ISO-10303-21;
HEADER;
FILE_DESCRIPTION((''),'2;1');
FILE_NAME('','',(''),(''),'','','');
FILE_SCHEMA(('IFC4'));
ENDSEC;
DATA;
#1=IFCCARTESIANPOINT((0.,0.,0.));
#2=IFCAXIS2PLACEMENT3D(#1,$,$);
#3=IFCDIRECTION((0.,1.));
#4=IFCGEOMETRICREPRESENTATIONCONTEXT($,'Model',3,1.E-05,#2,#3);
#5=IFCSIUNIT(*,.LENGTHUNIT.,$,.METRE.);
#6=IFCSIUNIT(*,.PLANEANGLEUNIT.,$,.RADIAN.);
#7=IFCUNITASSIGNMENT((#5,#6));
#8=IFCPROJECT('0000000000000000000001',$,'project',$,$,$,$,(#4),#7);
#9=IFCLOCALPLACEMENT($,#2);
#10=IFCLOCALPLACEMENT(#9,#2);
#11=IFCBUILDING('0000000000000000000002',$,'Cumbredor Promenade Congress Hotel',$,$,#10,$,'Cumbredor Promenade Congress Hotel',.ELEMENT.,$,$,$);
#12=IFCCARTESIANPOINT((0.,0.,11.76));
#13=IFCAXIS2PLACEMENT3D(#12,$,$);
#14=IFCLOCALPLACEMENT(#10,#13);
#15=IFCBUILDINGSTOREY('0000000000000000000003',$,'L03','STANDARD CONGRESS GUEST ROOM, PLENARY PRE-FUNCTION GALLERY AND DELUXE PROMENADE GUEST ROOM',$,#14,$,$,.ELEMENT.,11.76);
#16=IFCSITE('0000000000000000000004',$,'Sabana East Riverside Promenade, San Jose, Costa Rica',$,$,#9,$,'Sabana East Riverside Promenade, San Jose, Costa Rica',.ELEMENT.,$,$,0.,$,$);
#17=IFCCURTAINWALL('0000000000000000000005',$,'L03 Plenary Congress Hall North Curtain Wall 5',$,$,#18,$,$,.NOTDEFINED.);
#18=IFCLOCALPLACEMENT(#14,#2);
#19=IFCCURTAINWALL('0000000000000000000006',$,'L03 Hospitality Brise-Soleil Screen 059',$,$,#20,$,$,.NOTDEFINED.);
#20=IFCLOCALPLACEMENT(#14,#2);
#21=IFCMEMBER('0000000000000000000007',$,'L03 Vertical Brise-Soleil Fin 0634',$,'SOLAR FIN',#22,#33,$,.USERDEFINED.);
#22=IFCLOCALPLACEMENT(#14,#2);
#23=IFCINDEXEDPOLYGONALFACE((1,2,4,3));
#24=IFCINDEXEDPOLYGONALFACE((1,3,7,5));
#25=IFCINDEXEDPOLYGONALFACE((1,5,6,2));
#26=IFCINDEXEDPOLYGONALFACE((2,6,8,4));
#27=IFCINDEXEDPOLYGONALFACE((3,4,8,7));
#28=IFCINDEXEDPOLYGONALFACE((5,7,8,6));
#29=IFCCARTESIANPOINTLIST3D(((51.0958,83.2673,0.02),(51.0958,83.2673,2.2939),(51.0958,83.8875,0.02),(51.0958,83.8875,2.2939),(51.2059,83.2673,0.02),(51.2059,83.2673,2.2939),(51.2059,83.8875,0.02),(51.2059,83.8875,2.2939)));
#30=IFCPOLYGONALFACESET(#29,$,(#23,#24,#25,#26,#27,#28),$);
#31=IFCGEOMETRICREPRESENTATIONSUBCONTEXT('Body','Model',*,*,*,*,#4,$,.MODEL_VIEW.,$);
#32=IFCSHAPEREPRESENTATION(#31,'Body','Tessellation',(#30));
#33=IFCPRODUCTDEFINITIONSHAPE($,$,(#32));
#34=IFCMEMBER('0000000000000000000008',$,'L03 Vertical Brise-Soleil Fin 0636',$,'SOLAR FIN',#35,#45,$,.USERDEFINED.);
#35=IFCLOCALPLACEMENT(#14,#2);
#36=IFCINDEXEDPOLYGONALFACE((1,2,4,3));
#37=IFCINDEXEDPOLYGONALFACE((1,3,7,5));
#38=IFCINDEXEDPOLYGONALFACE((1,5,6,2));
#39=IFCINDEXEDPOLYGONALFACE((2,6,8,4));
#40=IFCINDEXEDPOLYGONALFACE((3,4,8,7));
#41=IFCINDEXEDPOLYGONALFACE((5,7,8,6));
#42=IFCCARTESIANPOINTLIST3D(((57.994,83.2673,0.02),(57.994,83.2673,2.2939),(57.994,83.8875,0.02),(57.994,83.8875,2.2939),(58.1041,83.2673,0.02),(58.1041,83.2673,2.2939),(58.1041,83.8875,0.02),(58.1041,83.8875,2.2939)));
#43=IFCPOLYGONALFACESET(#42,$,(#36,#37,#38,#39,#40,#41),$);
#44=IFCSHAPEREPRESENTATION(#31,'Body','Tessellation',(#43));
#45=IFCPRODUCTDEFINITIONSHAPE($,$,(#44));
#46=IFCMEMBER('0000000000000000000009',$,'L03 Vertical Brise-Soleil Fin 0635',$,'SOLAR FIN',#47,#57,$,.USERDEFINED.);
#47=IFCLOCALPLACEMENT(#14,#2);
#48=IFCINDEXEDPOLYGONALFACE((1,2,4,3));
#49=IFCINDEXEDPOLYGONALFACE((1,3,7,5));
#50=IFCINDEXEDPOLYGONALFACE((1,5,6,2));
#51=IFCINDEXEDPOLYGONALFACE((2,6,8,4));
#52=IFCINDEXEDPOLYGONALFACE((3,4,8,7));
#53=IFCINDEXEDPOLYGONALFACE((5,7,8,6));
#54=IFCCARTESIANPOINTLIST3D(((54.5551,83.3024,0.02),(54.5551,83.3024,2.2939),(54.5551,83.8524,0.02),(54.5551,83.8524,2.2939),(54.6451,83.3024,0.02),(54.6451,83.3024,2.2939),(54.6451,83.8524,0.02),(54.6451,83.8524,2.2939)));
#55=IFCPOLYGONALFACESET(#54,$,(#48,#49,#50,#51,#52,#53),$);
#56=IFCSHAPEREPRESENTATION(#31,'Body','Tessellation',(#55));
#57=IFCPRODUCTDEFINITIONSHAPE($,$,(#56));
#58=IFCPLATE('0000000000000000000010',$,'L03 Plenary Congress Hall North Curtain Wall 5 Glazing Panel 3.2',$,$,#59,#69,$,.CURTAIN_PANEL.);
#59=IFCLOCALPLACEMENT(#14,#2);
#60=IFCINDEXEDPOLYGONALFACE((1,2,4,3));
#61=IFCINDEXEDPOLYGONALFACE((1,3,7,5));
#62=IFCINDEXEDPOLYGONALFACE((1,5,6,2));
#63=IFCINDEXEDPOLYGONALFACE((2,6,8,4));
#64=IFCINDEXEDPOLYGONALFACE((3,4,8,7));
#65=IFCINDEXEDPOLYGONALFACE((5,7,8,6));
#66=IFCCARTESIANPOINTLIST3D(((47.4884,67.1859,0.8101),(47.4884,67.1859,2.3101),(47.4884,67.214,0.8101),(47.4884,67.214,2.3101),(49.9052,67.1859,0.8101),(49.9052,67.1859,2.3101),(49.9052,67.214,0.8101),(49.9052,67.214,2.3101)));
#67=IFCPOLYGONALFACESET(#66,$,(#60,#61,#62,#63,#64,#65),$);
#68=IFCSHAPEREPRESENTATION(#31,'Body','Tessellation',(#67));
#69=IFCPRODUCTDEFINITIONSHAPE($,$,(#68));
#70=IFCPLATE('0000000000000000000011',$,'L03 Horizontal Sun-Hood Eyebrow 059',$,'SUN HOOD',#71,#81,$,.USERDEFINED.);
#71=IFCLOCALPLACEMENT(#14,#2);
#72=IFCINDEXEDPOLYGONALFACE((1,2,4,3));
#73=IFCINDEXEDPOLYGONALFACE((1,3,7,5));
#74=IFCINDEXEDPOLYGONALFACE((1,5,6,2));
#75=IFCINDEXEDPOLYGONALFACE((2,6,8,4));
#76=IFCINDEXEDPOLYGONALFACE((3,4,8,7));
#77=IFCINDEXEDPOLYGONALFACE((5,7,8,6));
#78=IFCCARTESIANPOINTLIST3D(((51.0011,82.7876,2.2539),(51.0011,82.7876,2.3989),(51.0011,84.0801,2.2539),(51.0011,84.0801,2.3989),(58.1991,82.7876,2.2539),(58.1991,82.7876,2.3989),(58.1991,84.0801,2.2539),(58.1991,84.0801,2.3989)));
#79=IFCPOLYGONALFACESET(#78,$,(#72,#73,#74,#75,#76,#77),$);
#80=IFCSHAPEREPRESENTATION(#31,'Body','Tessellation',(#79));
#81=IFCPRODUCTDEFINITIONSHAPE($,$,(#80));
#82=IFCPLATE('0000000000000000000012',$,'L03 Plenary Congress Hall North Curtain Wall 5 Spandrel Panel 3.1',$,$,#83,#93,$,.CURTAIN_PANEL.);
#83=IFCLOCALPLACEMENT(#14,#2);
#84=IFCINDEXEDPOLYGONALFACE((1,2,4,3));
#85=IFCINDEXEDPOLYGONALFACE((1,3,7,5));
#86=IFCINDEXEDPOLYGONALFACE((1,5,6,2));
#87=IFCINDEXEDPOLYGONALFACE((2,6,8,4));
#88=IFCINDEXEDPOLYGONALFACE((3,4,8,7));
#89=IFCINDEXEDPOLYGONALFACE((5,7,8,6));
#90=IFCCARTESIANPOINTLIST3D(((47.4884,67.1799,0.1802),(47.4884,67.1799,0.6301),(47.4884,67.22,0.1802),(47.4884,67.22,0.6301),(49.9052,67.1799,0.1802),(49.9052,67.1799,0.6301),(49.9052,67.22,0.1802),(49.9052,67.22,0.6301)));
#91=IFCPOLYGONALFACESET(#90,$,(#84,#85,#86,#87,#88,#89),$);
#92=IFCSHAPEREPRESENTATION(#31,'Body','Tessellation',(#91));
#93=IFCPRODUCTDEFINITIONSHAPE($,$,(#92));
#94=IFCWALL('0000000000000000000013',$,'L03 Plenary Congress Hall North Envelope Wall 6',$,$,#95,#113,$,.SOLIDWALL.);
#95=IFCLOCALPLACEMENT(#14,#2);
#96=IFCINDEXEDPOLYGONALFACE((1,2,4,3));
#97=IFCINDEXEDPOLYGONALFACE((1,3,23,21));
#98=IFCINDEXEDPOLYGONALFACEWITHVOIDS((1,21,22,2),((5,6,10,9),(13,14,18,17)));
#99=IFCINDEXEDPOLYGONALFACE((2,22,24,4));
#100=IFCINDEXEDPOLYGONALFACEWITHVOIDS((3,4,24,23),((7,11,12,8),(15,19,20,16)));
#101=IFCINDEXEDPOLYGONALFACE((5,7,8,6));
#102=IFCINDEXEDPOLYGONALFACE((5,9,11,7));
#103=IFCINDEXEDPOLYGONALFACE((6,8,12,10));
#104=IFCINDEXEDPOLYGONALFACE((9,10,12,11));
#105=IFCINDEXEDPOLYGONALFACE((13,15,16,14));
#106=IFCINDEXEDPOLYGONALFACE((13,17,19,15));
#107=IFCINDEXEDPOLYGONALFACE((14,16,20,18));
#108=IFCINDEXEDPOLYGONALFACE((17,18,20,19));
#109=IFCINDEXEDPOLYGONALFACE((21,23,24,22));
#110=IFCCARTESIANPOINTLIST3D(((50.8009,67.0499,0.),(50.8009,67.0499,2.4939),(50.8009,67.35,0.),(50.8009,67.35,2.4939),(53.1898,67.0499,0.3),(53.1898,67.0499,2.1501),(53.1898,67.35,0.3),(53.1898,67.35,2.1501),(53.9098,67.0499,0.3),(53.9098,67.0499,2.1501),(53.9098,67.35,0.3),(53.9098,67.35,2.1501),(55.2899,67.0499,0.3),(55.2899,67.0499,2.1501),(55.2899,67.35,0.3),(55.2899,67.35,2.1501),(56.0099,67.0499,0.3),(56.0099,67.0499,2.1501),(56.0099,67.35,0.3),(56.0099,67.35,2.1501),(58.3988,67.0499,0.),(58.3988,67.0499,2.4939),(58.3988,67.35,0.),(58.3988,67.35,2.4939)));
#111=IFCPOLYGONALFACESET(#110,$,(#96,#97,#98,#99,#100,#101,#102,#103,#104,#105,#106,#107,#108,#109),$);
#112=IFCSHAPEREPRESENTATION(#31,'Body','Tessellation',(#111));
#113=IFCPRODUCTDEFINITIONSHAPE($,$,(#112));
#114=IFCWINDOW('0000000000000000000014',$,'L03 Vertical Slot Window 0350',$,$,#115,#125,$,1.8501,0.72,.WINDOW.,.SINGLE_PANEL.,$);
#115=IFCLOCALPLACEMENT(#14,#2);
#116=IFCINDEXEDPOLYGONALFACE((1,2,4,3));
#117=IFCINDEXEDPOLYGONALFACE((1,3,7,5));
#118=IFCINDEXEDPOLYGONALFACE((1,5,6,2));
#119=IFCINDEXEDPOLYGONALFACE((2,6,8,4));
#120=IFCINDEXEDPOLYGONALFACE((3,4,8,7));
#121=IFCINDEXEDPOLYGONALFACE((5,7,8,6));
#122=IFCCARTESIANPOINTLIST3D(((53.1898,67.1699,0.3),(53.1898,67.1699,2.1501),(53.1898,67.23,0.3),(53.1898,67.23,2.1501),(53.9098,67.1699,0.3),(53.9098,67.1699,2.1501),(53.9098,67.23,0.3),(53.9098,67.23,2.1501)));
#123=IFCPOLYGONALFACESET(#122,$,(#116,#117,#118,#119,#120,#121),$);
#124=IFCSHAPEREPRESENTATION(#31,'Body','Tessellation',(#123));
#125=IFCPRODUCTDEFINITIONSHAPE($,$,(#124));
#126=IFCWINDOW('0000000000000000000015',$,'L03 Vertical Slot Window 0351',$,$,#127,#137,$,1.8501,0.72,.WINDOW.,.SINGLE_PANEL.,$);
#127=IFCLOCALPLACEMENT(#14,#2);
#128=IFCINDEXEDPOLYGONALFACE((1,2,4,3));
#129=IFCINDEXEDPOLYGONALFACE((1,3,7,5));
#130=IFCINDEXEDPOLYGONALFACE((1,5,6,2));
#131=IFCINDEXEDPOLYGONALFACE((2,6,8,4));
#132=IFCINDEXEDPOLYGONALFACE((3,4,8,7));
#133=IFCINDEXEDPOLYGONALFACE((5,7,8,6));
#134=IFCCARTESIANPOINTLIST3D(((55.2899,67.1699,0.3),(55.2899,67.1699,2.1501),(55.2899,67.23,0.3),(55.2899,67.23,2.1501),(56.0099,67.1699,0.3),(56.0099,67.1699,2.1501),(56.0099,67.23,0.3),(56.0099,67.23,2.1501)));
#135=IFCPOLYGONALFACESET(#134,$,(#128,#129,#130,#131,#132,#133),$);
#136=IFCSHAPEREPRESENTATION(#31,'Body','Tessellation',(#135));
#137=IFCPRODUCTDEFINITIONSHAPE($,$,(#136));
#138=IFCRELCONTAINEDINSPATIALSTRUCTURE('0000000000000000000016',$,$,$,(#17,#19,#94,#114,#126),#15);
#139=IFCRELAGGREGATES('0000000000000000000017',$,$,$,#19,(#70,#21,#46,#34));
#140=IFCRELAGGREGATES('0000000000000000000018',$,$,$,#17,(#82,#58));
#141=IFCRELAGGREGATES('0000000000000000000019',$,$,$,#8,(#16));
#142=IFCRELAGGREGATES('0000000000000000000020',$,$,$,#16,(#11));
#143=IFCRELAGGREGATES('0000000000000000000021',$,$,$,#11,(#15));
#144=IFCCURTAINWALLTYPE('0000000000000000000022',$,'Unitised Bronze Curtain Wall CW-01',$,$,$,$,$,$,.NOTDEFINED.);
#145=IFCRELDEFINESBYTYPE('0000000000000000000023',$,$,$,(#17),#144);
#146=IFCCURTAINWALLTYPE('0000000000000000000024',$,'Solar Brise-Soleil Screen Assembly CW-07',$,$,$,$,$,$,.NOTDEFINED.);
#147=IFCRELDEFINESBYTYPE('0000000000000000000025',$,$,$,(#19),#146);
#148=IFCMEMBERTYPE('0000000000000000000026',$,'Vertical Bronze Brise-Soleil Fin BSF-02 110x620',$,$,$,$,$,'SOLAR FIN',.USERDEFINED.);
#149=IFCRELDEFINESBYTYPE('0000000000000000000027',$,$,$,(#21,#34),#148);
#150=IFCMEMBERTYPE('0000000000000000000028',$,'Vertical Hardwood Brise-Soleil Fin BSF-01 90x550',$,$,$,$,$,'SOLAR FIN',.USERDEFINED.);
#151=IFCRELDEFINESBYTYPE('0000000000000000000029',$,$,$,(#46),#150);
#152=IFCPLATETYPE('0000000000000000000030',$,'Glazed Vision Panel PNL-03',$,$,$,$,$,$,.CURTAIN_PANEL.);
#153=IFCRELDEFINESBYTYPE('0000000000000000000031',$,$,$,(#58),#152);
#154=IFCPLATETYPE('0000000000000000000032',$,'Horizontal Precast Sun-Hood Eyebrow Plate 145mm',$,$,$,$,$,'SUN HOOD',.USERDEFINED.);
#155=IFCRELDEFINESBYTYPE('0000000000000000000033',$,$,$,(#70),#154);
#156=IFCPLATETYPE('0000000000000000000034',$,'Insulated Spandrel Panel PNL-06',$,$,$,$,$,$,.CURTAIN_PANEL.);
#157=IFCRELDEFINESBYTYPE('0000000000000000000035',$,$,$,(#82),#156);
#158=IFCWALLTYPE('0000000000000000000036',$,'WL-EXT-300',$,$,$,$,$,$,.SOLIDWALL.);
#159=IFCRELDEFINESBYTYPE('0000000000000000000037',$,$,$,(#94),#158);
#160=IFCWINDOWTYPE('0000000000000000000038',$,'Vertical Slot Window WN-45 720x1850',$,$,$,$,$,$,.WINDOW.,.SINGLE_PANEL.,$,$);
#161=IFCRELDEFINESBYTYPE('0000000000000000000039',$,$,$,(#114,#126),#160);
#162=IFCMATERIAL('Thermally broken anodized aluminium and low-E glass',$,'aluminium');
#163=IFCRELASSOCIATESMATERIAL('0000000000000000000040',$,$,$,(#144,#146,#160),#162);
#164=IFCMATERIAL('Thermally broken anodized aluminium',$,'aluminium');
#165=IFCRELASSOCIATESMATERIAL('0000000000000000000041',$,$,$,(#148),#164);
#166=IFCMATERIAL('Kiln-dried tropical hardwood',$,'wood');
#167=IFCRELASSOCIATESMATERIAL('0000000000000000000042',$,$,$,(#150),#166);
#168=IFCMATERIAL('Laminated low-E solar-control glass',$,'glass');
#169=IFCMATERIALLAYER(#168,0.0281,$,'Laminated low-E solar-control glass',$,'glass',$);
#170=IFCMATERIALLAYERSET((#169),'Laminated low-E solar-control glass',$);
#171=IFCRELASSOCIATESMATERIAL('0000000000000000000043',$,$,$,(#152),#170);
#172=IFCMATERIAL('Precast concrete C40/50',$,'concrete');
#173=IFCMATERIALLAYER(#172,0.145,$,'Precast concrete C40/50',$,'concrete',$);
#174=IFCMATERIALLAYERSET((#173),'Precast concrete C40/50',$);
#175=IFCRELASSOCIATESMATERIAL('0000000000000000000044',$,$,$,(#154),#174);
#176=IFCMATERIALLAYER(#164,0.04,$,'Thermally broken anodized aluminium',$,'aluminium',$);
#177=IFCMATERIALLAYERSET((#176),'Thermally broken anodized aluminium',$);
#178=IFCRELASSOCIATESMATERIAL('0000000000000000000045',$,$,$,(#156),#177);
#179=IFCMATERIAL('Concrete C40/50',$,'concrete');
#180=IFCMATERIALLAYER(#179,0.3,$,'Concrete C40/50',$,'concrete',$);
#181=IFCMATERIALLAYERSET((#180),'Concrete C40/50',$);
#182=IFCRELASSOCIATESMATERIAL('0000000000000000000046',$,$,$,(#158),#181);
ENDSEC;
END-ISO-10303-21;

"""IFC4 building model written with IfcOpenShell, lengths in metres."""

from ifc_helpers import new_model, si_unit, direction, frame, frame_2d, origin, origin_2d, place, context, subcontext, project, spatial, rectangle, extrude, material, layer, layer_set, material_profile, profile_set, type_object, element, fill, aggregate, save


model = new_model("IFC4")

# Units and contexts
model_context = context("Model", 3, precision=1e-05, world=origin(), true_north=direction((0.0, 1.0)))
body_context = subcontext(model_context, "Body", "Model", "MODEL_VIEW")
ifc_project = project(units=[si_unit("LENGTHUNIT", "METRE"), si_unit("PLANEANGLEUNIT", "RADIAN")], contexts=[model_context])

# Site, building, storey
site_placement = place(None, origin())
site = spatial("IfcSite", under=ifc_project, at=site_placement, Name="Sabana East Riverside Promenade, San Jose, Costa Rica", LongName="Sabana East Riverside Promenade, San Jose, Costa Rica", CompositionType="ELEMENT", RefElevation=0.0)
building_placement = place(site_placement, origin())
building = spatial("IfcBuilding", under=site, at=building_placement, Name="Cumbredor Promenade Congress Hotel", LongName="Cumbredor Promenade Congress Hotel", CompositionType="ELEMENT")
storey_placement = place(building_placement, frame((0.0, 0.0, 11.76)))
storey = spatial("IfcBuildingStorey", under=building, at=storey_placement, Name="L03", Description="STANDARD CONGRESS GUEST ROOM, PLENARY PRE-FUNCTION GALLERY AND DELUXE PROMENADE GUEST ROOM", CompositionType="ELEMENT", Elevation=11.76)

# Curtain walls
ifc_material_1 = material(Name="Thermally broken anodized aluminium and low-E glass", Category="aluminium")
curtain_wall_type_1 = type_object("IfcCurtainWallType", Name="Unitised Bronze Curtain Wall CW-01", PredefinedType="NOTDEFINED", material=ifc_material_1)
curtain_wall_1_placement = place(storey_placement, origin())
curtain_wall_1 = element("IfcCurtainWall", 1, at=curtain_wall_1_placement, inside=storey, type_object=curtain_wall_type_1, Name="L03 Plenary Congress Hall North Curtain Wall 5", PredefinedType="NOTDEFINED")
ifc_material_2 = material(Name="Thermally broken anodized aluminium", Category="aluminium")
curtain_wall_type_2 = type_object("IfcCurtainWallType", Name="Solar Brise-Soleil Screen Assembly CW-07", PredefinedType="NOTDEFINED", material=ifc_material_1)
curtain_wall_2_placement = place(storey_placement, origin())
curtain_wall_2 = element("IfcCurtainWall", 2, at=curtain_wall_2_placement, inside=storey, type_object=curtain_wall_type_2, Name="L03 Hospitality Brise-Soleil Screen 059", PredefinedType="NOTDEFINED")

# Members
ifc_material_profile_1 = material_profile(ifc_material_2, rectangle(XDim=0.1101, YDim=0.6201, at=origin_2d()), Name="ARCH FIN 110x620")
ifc_profile_set_1 = profile_set([ifc_material_profile_1], Name="Thermally broken anodized aluminium")
member_type_1 = type_object("IfcMemberType", Name="Vertical Bronze Brise-Soleil Fin BSF-02 110x620", ElementType="SOLAR FIN", PredefinedType="USERDEFINED", material=ifc_profile_set_1)
member_1_placement = place(storey_placement, frame((51.1509, 83.5774, 0.02), z_axis=(0.0, 0.0, 1.0), x_axis=(1.0, 0.0, 0.0)))
member_1 = element("IfcMember", 3, at=member_1_placement, type_object=member_type_1, Name="L03 Vertical Brise-Soleil Fin 0634", ObjectType="SOLAR FIN", PredefinedType="USERDEFINED", context=body_context, shape_type="SweptSolid", body=[
    extrude(rectangle(XDim=0.1101, YDim=0.6201, at=origin_2d()), origin(), (0.0, 0.0, 1.0), 2.2739),
])
member_2_placement = place(storey_placement, frame((58.0491, 83.5774, 0.02), z_axis=(0.0, 0.0, 1.0), x_axis=(1.0, 0.0, 0.0)))
member_2 = element("IfcMember", 4, at=member_2_placement, type_object=member_type_1, Name="L03 Vertical Brise-Soleil Fin 0636", ObjectType="SOLAR FIN", PredefinedType="USERDEFINED", context=body_context, shape_type="SweptSolid", body=[
    extrude(rectangle(XDim=0.1101, YDim=0.6201, at=origin_2d()), origin(), (0.0, 0.0, 1.0), 2.2739),
])
ifc_material_3 = material(Name="Kiln-dried tropical hardwood", Category="wood")
ifc_material_profile_2 = material_profile(ifc_material_3, rectangle(XDim=0.0901, YDim=0.55, at=origin_2d()), Name="ARCH FIN 90x550")
ifc_profile_set_2 = profile_set([ifc_material_profile_2], Name="Kiln-dried tropical hardwood")
member_type_2 = type_object("IfcMemberType", Name="Vertical Hardwood Brise-Soleil Fin BSF-01 90x550", ElementType="SOLAR FIN", PredefinedType="USERDEFINED", material=ifc_profile_set_2)
member_3_placement = place(storey_placement, frame((54.6001, 83.5774, 0.02), z_axis=(0.0, 0.0, 1.0), x_axis=(1.0, 0.0, 0.0)))
member_3 = element("IfcMember", 5, at=member_3_placement, type_object=member_type_2, Name="L03 Vertical Brise-Soleil Fin 0635", ObjectType="SOLAR FIN", PredefinedType="USERDEFINED", context=body_context, shape_type="SweptSolid", body=[
    extrude(rectangle(XDim=0.0901, YDim=0.55, at=origin_2d()), origin(), (0.0, 0.0, 1.0), 2.2739),
])

# Plates
ifc_material_4 = material(Name="Laminated low-E solar-control glass", Category="glass")
ifc_layer_1 = layer(ifc_material_4, 0.0281, Name="Laminated low-E solar-control glass", Category="glass")
ifc_layer_set_1 = layer_set([ifc_layer_1], Name="Laminated low-E solar-control glass")
plate_type_1 = type_object("IfcPlateType", Name="Glazed Vision Panel PNL-03", PredefinedType="CURTAIN_PANEL", material=ifc_layer_set_1)
plate_1_placement = place(storey_placement, frame((48.6968, 67.2, 0.8101), z_axis=(0.0, 0.0, 1.0), x_axis=(1.0, 0.0, 0.0)))
plate_1 = element("IfcPlate", 6, at=plate_1_placement, type_object=plate_type_1, Name="L03 Plenary Congress Hall North Curtain Wall 5 Glazing Panel 3.2", PredefinedType="CURTAIN_PANEL", context=body_context, shape_type="SweptSolid", body=[
    extrude(rectangle(XDim=2.4167, YDim=0.0281, at=origin_2d()), origin(), (0.0, 0.0, 1.0), 1.5),
])
ifc_material_5 = material(Name="Precast concrete C40/50", Category="concrete")
ifc_layer_2 = layer(ifc_material_5, 0.145, Name="Precast concrete C40/50", Category="concrete")
ifc_layer_set_2 = layer_set([ifc_layer_2], Name="Precast concrete C40/50")
plate_type_2 = type_object("IfcPlateType", Name="Horizontal Precast Sun-Hood Eyebrow Plate 145mm", ElementType="SUN HOOD", PredefinedType="USERDEFINED", material=ifc_layer_set_2)
plate_2_placement = place(storey_placement, frame((54.6001, 83.4338, 2.2539), z_axis=(0.0, 0.0, 1.0), x_axis=(1.0, 0.0, 0.0)))
plate_2 = element("IfcPlate", 7, at=plate_2_placement, type_object=plate_type_2, Name="L03 Horizontal Sun-Hood Eyebrow 059", ObjectType="SUN HOOD", PredefinedType="USERDEFINED", context=body_context, shape_type="SweptSolid", body=[
    extrude(rectangle(XDim=7.198, YDim=1.2925, at=origin_2d()), origin(), (0.0, 0.0, 1.0), 0.145),
])
aggregate(curtain_wall_2, [plate_2, member_1, member_3, member_2])
ifc_layer_3 = layer(ifc_material_2, 0.04, Name="Thermally broken anodized aluminium", Category="aluminium")
ifc_layer_set_3 = layer_set([ifc_layer_3], Name="Thermally broken anodized aluminium")
plate_type_3 = type_object("IfcPlateType", Name="Insulated Spandrel Panel PNL-06", PredefinedType="CURTAIN_PANEL", material=ifc_layer_set_3)
plate_3_placement = place(storey_placement, frame((48.6968, 67.2, 0.1802), z_axis=(0.0, 0.0, 1.0), x_axis=(1.0, 0.0, 0.0)))
plate_3 = element("IfcPlate", 8, at=plate_3_placement, type_object=plate_type_3, Name="L03 Plenary Congress Hall North Curtain Wall 5 Spandrel Panel 3.1", PredefinedType="CURTAIN_PANEL", context=body_context, shape_type="SweptSolid", body=[
    extrude(rectangle(XDim=2.4167, YDim=0.04, at=origin_2d()), origin(), (0.0, 0.0, 1.0), 0.45),
])
aggregate(curtain_wall_1, [plate_3, plate_1])

# Wall, openings, windows
ifc_material_6 = material(Name="Concrete C40/50", Category="concrete")
ifc_layer_4 = layer(ifc_material_6, 0.3, Name="Concrete C40/50", Category="concrete")
ifc_layer_set_4 = layer_set([ifc_layer_4], Name="Concrete C40/50")
wall_type_1 = type_object("IfcWallType", Name="WL-EXT-300", PredefinedType="SOLIDWALL", material=ifc_layer_set_4)
wall_1_placement = place(storey_placement, frame((50.801, 67.2, 0.0), z_axis=(0.0, 0.0, 1.0), x_axis=(1.0, 0.0, 0.0)))
wall_1 = element("IfcWall", 9, at=wall_1_placement, inside=storey, type_object=wall_type_1, Name="L03 Plenary Congress Hall North Envelope Wall 6", PredefinedType="SOLIDWALL", context=body_context, shape_type="SweptSolid", body=[
    extrude(rectangle(XDim=7.5979, YDim=0.3, at=frame_2d((3.7988, 0.0))), origin(), (0.0, 0.0, 1.0), 2.4939),
])
opening_1_placement = place(wall_1_placement, frame((2.3889, 0.0, 0.3)))
opening_1 = element("IfcOpeningElement", 10, at=opening_1_placement, cuts=wall_1, PredefinedType="OPENING", context=body_context, shape_type="SweptSolid", body=[
    extrude(rectangle(XDim=0.72, YDim=1.8501, at=frame_2d((0.3599, 0.925))), frame((0.0, 0.1602, 0.0), z_axis=(0.0, -1.0, 0.0), x_axis=(1.0, 0.0, 0.0)), (0.0, 0.0, 1.0), 0.3201),
])
opening_2_placement = place(wall_1_placement, frame((4.489, 0.0, 0.3)))
opening_2 = element("IfcOpeningElement", 11, at=opening_2_placement, cuts=wall_1, PredefinedType="OPENING", context=body_context, shape_type="SweptSolid", body=[
    extrude(rectangle(XDim=0.72, YDim=1.8501, at=frame_2d((0.3599, 0.925))), frame((0.0, 0.1602, 0.0), z_axis=(0.0, -1.0, 0.0), x_axis=(1.0, 0.0, 0.0)), (0.0, 0.0, 1.0), 0.3201),
])
window_type_1 = type_object("IfcWindowType", Name="Vertical Slot Window WN-45 720x1850", PartitioningType="SINGLE_PANEL", PredefinedType="WINDOW", material=ifc_material_1)
window_1_placement = place(opening_1_placement, origin())
window_1 = element("IfcWindow", 12, at=window_1_placement, inside=storey, type_object=window_type_1, Name="L03 Vertical Slot Window 0350", OverallHeight=1.8501, OverallWidth=0.72, PartitioningType="SINGLE_PANEL", PredefinedType="WINDOW", context=body_context, shape_type="SweptSolid", body=[
    extrude(rectangle(XDim=0.72, YDim=1.8501, at=frame_2d((0.3599, 0.925))), frame((0.0, 0.03, 0.0), z_axis=(0.0, -1.0, 0.0), x_axis=(1.0, 0.0, 0.0)), (0.0, 0.0, 1.0), 0.0601),
])
fill(opening_1, window_1)
window_2_placement = place(opening_2_placement, origin())
window_2 = element("IfcWindow", 13, at=window_2_placement, inside=storey, type_object=window_type_1, Name="L03 Vertical Slot Window 0351", OverallHeight=1.8501, OverallWidth=0.72, PartitioningType="SINGLE_PANEL", PredefinedType="WINDOW", context=body_context, shape_type="SweptSolid", body=[
    extrude(rectangle(XDim=0.72, YDim=1.8501, at=frame_2d((0.3599, 0.925))), frame((0.0, 0.03, 0.0), z_axis=(0.0, -1.0, 0.0), x_axis=(1.0, 0.0, 0.0)), (0.0, 0.0, 1.0), 0.0601),
])
fill(opening_2, window_2)

save(model, "model.ifc")
